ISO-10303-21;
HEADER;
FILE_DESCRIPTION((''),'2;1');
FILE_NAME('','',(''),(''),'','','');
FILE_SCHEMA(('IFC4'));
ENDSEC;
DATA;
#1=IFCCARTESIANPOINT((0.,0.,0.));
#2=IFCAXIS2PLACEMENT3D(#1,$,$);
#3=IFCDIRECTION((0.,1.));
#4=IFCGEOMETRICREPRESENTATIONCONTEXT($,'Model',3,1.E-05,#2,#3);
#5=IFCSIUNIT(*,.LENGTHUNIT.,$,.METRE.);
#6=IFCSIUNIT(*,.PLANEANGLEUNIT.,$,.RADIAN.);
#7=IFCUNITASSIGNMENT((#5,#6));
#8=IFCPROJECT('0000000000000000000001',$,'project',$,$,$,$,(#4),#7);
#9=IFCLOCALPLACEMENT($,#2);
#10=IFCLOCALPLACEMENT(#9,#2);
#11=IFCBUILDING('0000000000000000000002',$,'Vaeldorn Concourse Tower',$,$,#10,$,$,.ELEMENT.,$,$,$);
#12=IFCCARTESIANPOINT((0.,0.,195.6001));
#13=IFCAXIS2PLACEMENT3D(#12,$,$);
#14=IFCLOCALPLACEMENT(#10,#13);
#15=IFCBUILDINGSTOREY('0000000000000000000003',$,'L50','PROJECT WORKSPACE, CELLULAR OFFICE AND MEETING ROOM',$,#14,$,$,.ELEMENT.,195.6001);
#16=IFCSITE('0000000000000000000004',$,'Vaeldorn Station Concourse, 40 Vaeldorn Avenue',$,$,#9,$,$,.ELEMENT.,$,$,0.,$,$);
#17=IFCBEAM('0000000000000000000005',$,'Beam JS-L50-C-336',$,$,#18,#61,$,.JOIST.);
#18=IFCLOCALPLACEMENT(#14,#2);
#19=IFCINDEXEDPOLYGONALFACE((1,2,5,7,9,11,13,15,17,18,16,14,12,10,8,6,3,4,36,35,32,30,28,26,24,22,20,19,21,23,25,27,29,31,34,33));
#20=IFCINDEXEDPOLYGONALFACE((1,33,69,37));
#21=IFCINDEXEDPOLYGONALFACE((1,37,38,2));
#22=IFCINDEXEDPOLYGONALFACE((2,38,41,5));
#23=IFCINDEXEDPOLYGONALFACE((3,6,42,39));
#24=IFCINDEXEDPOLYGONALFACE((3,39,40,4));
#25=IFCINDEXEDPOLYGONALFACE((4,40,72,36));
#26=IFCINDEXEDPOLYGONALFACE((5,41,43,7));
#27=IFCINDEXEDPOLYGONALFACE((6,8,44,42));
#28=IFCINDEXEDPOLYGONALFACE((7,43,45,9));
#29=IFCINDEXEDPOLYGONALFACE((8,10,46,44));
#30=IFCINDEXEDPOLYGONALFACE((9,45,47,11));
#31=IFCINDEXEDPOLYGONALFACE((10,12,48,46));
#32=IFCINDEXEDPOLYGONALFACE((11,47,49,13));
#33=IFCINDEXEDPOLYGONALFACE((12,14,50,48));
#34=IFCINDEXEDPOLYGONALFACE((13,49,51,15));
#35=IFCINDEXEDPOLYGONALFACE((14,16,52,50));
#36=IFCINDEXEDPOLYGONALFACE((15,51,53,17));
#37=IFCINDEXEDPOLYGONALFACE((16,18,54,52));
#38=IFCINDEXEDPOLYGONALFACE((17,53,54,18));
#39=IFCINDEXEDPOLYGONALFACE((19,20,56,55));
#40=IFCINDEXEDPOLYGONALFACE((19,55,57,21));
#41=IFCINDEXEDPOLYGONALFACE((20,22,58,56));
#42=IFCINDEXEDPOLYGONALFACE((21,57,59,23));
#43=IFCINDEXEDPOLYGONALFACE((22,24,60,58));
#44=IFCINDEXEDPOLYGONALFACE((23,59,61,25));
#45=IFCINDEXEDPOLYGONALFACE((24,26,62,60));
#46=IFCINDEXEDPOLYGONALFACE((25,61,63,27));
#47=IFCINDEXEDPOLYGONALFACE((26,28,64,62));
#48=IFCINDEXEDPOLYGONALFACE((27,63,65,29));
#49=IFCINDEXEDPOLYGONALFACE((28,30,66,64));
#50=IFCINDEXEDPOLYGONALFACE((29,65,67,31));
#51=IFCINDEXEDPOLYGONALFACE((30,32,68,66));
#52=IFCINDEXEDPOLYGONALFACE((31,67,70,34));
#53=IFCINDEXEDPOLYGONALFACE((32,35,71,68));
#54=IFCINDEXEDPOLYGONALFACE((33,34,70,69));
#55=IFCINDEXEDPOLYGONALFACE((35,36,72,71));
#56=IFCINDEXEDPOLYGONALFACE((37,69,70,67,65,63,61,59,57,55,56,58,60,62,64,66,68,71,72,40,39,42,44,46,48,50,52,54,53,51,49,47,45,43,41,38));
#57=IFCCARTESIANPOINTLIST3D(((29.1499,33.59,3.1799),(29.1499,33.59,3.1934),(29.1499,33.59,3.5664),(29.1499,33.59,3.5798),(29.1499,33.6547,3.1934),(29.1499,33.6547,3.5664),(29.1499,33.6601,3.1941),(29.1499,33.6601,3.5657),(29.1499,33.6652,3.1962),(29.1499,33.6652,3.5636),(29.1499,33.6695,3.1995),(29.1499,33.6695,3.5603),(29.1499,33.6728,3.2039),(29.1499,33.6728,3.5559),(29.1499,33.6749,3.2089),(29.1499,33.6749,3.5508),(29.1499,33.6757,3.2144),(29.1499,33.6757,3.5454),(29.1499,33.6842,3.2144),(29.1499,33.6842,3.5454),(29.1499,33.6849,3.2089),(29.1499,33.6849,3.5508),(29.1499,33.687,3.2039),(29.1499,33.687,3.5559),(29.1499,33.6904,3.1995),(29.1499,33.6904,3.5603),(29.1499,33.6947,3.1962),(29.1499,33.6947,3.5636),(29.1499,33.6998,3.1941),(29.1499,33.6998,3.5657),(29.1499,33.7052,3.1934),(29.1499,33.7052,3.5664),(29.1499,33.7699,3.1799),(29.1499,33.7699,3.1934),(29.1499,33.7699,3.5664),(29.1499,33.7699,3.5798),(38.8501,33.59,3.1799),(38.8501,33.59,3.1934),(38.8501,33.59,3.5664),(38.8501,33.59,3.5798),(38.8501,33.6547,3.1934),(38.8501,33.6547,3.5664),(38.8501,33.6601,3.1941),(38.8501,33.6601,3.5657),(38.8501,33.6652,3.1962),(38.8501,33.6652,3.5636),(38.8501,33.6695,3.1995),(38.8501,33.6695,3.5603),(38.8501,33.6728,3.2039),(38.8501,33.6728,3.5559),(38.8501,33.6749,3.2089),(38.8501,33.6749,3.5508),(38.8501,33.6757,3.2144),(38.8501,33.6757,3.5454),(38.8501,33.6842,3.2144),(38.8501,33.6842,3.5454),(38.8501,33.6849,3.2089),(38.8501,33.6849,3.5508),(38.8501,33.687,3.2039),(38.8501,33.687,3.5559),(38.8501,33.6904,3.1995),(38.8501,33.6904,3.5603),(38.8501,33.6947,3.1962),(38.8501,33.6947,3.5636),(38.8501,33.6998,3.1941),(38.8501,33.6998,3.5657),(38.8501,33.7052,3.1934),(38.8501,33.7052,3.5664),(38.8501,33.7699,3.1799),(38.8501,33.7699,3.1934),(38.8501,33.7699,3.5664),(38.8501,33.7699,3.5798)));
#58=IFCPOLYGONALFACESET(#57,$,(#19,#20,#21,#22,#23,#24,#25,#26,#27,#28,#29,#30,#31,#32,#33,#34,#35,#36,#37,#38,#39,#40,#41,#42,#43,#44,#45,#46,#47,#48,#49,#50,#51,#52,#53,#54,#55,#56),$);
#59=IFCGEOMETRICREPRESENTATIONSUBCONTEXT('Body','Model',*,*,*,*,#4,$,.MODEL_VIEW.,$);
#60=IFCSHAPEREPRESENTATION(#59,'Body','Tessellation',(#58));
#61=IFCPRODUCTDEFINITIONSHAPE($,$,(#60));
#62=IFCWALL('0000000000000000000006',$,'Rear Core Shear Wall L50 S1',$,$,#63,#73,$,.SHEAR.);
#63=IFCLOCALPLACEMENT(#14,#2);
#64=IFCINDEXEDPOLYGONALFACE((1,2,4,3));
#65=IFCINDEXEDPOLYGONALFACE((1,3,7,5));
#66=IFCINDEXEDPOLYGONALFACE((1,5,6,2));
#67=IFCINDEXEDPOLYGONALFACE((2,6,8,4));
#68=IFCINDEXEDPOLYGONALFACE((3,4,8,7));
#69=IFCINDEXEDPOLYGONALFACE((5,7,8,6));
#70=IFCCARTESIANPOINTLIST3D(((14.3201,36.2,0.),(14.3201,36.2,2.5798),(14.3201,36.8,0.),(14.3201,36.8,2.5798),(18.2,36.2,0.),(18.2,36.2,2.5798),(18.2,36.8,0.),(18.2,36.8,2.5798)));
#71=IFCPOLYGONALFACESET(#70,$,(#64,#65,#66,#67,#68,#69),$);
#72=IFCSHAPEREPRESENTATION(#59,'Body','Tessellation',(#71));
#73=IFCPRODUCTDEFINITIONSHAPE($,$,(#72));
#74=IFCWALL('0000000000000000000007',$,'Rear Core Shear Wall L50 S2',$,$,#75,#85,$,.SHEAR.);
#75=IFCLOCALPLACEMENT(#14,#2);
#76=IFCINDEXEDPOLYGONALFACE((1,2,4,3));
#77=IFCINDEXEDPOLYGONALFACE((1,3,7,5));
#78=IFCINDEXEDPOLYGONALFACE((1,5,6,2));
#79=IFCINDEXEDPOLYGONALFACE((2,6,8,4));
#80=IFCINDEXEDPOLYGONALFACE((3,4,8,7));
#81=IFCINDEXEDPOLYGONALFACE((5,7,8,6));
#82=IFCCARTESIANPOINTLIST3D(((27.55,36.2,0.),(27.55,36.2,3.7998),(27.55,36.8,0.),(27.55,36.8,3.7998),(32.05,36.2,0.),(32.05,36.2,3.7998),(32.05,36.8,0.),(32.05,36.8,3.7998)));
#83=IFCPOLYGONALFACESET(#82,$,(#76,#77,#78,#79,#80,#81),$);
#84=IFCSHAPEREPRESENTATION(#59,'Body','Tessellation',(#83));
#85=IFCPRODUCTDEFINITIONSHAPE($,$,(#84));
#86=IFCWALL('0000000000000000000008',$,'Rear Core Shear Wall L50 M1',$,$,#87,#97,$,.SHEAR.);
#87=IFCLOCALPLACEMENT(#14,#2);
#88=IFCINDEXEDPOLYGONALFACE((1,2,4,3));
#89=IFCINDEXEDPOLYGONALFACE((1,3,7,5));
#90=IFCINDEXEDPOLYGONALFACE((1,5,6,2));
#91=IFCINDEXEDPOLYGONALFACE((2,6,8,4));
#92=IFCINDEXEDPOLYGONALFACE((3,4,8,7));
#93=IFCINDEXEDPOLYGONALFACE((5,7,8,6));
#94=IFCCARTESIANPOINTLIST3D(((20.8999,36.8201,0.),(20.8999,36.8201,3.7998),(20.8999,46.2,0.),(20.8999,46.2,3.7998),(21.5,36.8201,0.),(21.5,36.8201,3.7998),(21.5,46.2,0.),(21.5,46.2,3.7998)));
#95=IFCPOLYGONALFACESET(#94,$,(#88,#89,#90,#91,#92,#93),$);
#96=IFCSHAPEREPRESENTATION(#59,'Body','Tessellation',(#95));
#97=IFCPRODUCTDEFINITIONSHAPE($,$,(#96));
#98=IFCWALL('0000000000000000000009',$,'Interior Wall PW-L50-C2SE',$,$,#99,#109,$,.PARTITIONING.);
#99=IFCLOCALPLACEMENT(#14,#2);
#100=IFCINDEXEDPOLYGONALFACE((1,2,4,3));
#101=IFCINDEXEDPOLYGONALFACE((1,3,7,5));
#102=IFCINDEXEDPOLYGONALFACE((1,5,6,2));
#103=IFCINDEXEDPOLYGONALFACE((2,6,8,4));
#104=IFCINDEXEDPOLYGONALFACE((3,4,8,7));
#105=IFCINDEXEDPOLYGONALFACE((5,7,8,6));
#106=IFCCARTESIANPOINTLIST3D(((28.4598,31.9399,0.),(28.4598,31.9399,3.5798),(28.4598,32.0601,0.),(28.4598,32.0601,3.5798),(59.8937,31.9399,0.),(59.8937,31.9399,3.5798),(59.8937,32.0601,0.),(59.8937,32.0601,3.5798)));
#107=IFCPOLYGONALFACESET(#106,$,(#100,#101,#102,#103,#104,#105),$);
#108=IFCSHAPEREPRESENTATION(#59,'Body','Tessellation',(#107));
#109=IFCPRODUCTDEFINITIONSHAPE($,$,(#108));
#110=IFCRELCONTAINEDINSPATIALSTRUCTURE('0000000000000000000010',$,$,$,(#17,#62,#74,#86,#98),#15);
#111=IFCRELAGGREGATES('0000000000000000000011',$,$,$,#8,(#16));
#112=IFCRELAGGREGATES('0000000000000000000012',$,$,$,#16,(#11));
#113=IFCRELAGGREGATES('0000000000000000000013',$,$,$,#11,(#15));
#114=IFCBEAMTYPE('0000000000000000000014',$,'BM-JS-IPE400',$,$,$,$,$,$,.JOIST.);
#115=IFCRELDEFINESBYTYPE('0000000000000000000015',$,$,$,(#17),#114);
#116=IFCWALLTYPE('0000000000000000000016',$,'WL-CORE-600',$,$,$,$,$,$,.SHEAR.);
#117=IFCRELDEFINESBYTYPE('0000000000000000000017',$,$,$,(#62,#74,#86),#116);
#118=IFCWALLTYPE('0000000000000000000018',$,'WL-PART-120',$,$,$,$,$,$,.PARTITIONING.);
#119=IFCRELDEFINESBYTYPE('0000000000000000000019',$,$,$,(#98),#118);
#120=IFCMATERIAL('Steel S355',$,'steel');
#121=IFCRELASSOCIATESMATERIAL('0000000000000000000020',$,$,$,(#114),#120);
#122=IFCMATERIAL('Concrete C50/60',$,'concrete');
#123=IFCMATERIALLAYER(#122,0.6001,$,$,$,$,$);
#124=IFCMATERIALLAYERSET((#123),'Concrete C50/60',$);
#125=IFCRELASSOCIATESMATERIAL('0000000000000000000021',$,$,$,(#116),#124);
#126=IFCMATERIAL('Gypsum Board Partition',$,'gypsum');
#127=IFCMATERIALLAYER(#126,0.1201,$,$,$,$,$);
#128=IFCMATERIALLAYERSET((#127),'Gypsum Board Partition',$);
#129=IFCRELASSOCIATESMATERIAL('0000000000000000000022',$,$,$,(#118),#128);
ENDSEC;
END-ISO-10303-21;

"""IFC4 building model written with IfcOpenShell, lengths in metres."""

from ifc_helpers import new_model, si_unit, direction, frame, frame_2d, origin, origin_2d, place, context, subcontext, project, spatial, rectangle, i_section, extrude, source, transform, mapped, material, layer, layer_set, material_profile, profile_set, type_object, element, save


model = new_model("IFC4")

# Units and contexts
model_context = context("Model", 3, precision=1e-05, world=origin(), true_north=direction((0.0, 1.0)))
body_context = subcontext(model_context, "Body", "Model", "MODEL_VIEW")
ifc_project = project(units=[si_unit("LENGTHUNIT", "METRE"), si_unit("PLANEANGLEUNIT", "RADIAN")], contexts=[model_context])

# Site, building, storey
site_placement = place(None, origin())
site = spatial("IfcSite", under=ifc_project, at=site_placement, Name="Vaeldorn Station Concourse, 40 Vaeldorn Avenue", CompositionType="ELEMENT", RefElevation=0.0)
building_placement = place(site_placement, origin())
building = spatial("IfcBuilding", under=site, at=building_placement, Name="Vaeldorn Concourse Tower", CompositionType="ELEMENT")
storey_placement = place(building_placement, frame((0.0, 0.0, 195.6001)))
storey = spatial("IfcBuildingStorey", under=building, at=storey_placement, Name="L50", Description="PROJECT WORKSPACE, CELLULAR OFFICE AND MEETING ROOM", CompositionType="ELEMENT", Elevation=195.6001)

# Shared definitions
ifc_material_1 = material(Name="Steel S355", Category="steel")

# Beam
ifc_material_profile_1 = material_profile(ifc_material_1, i_section(OverallWidth=0.1799, OverallDepth=0.3999, WebThickness=0.0085, FlangeThickness=0.0134, FilletRadius=0.021, at=origin_2d()), Name="IPE 400")
ifc_profile_set_1 = profile_set([ifc_material_profile_1], Name="Steel S355")
beam_type_1 = type_object("IfcBeamType", Name="BM-JS-IPE400", PredefinedType="JOIST", material=ifc_profile_set_1)
shared_shape_1 = source(origin(), body_context, "Body", "SweptSolid", [
    extrude(i_section(OverallWidth=0.1799, OverallDepth=0.3999, WebThickness=0.0085, FlangeThickness=0.0134, FilletRadius=0.021, at=origin_2d()), origin(), (0.0, 0.0, 1.0), 9.7002),
])
for number, where, z_axis, x_axis, name in (
    (1, (29.1499, 33.6799, 3.3799), (1.0, 0.0, 0.0), (0.0, 1.0, 0.0), "Beam JS-L50-C-336"),
):
    element("IfcBeam", number, at=place(storey_placement, frame(where, z_axis=z_axis, x_axis=x_axis)), inside=storey, type_object=beam_type_1, Name=name, PredefinedType="JOIST", context=body_context, shape_type="MappedRepresentation", body=[
        mapped(shared_shape_1, transform((0.0, 0.0, 0.0), scale=1.0)),
    ])

# Walls
ifc_material_2 = material(Name="Concrete C50/60", Category="concrete")
ifc_layer_1 = layer(ifc_material_2, 0.6001)
ifc_layer_set_1 = layer_set([ifc_layer_1], Name="Concrete C50/60")
wall_type_1 = type_object("IfcWallType", Name="WL-CORE-600", PredefinedType="SHEAR", material=ifc_layer_set_1)
wall_1_placement = place(storey_placement, frame((14.3201, 36.5, 0.0), z_axis=(0.0, 0.0, 1.0), x_axis=(1.0, 0.0, 0.0)))
element("IfcWall", 2, at=wall_1_placement, inside=storey, type_object=wall_type_1, Name="Rear Core Shear Wall L50 S1", PredefinedType="SHEAR", context=body_context, shape_type="SweptSolid", body=[
    extrude(rectangle(XDim=3.8799, YDim=0.6001, at=frame_2d((1.9399, 0.0))), origin(), (0.0, 0.0, 1.0), 2.5798),
])
wall_2_placement = place(storey_placement, frame((27.55, 36.5, 0.0), z_axis=(0.0, 0.0, 1.0), x_axis=(1.0, 0.0, 0.0)))
element("IfcWall", 3, at=wall_2_placement, inside=storey, type_object=wall_type_1, Name="Rear Core Shear Wall L50 S2", PredefinedType="SHEAR", context=body_context, shape_type="SweptSolid", body=[
    extrude(rectangle(XDim=4.5, YDim=0.6001, at=frame_2d((2.25, 0.0))), origin(), (0.0, 0.0, 1.0), 3.7998),
])
wall_3_placement = place(storey_placement, frame((21.2, 36.8201, 0.0), z_axis=(0.0, 0.0, 1.0), x_axis=(0.0, 1.0, 0.0)))
element("IfcWall", 4, at=wall_3_placement, inside=storey, type_object=wall_type_1, Name="Rear Core Shear Wall L50 M1", PredefinedType="SHEAR", context=body_context, shape_type="SweptSolid", body=[
    extrude(rectangle(XDim=9.3799, YDim=0.6001, at=frame_2d((4.6899, 0.0))), origin(), (0.0, 0.0, 1.0), 3.7998),
])
ifc_material_3 = material(Name="Gypsum Board Partition", Category="gypsum")
ifc_layer_2 = layer(ifc_material_3, 0.1201)
ifc_layer_set_2 = layer_set([ifc_layer_2], Name="Gypsum Board Partition")
wall_type_2 = type_object("IfcWallType", Name="WL-PART-120", PredefinedType="PARTITIONING", material=ifc_layer_set_2)
wall_4_placement = place(storey_placement, frame((28.46, 32.0, 0.0), z_axis=(0.0, 0.0, 1.0), x_axis=(1.0, 0.0, 0.0)))
element("IfcWall", 5, at=wall_4_placement, inside=storey, type_object=wall_type_2, Name="Interior Wall PW-L50-C2SE", PredefinedType="PARTITIONING", context=body_context, shape_type="SweptSolid", body=[
    extrude(rectangle(XDim=31.4338, YDim=0.1201, at=frame_2d((15.7168, 0.0))), origin(), (0.0, 0.0, 1.0), 3.5798),
])

save(model, "model.ifc")
